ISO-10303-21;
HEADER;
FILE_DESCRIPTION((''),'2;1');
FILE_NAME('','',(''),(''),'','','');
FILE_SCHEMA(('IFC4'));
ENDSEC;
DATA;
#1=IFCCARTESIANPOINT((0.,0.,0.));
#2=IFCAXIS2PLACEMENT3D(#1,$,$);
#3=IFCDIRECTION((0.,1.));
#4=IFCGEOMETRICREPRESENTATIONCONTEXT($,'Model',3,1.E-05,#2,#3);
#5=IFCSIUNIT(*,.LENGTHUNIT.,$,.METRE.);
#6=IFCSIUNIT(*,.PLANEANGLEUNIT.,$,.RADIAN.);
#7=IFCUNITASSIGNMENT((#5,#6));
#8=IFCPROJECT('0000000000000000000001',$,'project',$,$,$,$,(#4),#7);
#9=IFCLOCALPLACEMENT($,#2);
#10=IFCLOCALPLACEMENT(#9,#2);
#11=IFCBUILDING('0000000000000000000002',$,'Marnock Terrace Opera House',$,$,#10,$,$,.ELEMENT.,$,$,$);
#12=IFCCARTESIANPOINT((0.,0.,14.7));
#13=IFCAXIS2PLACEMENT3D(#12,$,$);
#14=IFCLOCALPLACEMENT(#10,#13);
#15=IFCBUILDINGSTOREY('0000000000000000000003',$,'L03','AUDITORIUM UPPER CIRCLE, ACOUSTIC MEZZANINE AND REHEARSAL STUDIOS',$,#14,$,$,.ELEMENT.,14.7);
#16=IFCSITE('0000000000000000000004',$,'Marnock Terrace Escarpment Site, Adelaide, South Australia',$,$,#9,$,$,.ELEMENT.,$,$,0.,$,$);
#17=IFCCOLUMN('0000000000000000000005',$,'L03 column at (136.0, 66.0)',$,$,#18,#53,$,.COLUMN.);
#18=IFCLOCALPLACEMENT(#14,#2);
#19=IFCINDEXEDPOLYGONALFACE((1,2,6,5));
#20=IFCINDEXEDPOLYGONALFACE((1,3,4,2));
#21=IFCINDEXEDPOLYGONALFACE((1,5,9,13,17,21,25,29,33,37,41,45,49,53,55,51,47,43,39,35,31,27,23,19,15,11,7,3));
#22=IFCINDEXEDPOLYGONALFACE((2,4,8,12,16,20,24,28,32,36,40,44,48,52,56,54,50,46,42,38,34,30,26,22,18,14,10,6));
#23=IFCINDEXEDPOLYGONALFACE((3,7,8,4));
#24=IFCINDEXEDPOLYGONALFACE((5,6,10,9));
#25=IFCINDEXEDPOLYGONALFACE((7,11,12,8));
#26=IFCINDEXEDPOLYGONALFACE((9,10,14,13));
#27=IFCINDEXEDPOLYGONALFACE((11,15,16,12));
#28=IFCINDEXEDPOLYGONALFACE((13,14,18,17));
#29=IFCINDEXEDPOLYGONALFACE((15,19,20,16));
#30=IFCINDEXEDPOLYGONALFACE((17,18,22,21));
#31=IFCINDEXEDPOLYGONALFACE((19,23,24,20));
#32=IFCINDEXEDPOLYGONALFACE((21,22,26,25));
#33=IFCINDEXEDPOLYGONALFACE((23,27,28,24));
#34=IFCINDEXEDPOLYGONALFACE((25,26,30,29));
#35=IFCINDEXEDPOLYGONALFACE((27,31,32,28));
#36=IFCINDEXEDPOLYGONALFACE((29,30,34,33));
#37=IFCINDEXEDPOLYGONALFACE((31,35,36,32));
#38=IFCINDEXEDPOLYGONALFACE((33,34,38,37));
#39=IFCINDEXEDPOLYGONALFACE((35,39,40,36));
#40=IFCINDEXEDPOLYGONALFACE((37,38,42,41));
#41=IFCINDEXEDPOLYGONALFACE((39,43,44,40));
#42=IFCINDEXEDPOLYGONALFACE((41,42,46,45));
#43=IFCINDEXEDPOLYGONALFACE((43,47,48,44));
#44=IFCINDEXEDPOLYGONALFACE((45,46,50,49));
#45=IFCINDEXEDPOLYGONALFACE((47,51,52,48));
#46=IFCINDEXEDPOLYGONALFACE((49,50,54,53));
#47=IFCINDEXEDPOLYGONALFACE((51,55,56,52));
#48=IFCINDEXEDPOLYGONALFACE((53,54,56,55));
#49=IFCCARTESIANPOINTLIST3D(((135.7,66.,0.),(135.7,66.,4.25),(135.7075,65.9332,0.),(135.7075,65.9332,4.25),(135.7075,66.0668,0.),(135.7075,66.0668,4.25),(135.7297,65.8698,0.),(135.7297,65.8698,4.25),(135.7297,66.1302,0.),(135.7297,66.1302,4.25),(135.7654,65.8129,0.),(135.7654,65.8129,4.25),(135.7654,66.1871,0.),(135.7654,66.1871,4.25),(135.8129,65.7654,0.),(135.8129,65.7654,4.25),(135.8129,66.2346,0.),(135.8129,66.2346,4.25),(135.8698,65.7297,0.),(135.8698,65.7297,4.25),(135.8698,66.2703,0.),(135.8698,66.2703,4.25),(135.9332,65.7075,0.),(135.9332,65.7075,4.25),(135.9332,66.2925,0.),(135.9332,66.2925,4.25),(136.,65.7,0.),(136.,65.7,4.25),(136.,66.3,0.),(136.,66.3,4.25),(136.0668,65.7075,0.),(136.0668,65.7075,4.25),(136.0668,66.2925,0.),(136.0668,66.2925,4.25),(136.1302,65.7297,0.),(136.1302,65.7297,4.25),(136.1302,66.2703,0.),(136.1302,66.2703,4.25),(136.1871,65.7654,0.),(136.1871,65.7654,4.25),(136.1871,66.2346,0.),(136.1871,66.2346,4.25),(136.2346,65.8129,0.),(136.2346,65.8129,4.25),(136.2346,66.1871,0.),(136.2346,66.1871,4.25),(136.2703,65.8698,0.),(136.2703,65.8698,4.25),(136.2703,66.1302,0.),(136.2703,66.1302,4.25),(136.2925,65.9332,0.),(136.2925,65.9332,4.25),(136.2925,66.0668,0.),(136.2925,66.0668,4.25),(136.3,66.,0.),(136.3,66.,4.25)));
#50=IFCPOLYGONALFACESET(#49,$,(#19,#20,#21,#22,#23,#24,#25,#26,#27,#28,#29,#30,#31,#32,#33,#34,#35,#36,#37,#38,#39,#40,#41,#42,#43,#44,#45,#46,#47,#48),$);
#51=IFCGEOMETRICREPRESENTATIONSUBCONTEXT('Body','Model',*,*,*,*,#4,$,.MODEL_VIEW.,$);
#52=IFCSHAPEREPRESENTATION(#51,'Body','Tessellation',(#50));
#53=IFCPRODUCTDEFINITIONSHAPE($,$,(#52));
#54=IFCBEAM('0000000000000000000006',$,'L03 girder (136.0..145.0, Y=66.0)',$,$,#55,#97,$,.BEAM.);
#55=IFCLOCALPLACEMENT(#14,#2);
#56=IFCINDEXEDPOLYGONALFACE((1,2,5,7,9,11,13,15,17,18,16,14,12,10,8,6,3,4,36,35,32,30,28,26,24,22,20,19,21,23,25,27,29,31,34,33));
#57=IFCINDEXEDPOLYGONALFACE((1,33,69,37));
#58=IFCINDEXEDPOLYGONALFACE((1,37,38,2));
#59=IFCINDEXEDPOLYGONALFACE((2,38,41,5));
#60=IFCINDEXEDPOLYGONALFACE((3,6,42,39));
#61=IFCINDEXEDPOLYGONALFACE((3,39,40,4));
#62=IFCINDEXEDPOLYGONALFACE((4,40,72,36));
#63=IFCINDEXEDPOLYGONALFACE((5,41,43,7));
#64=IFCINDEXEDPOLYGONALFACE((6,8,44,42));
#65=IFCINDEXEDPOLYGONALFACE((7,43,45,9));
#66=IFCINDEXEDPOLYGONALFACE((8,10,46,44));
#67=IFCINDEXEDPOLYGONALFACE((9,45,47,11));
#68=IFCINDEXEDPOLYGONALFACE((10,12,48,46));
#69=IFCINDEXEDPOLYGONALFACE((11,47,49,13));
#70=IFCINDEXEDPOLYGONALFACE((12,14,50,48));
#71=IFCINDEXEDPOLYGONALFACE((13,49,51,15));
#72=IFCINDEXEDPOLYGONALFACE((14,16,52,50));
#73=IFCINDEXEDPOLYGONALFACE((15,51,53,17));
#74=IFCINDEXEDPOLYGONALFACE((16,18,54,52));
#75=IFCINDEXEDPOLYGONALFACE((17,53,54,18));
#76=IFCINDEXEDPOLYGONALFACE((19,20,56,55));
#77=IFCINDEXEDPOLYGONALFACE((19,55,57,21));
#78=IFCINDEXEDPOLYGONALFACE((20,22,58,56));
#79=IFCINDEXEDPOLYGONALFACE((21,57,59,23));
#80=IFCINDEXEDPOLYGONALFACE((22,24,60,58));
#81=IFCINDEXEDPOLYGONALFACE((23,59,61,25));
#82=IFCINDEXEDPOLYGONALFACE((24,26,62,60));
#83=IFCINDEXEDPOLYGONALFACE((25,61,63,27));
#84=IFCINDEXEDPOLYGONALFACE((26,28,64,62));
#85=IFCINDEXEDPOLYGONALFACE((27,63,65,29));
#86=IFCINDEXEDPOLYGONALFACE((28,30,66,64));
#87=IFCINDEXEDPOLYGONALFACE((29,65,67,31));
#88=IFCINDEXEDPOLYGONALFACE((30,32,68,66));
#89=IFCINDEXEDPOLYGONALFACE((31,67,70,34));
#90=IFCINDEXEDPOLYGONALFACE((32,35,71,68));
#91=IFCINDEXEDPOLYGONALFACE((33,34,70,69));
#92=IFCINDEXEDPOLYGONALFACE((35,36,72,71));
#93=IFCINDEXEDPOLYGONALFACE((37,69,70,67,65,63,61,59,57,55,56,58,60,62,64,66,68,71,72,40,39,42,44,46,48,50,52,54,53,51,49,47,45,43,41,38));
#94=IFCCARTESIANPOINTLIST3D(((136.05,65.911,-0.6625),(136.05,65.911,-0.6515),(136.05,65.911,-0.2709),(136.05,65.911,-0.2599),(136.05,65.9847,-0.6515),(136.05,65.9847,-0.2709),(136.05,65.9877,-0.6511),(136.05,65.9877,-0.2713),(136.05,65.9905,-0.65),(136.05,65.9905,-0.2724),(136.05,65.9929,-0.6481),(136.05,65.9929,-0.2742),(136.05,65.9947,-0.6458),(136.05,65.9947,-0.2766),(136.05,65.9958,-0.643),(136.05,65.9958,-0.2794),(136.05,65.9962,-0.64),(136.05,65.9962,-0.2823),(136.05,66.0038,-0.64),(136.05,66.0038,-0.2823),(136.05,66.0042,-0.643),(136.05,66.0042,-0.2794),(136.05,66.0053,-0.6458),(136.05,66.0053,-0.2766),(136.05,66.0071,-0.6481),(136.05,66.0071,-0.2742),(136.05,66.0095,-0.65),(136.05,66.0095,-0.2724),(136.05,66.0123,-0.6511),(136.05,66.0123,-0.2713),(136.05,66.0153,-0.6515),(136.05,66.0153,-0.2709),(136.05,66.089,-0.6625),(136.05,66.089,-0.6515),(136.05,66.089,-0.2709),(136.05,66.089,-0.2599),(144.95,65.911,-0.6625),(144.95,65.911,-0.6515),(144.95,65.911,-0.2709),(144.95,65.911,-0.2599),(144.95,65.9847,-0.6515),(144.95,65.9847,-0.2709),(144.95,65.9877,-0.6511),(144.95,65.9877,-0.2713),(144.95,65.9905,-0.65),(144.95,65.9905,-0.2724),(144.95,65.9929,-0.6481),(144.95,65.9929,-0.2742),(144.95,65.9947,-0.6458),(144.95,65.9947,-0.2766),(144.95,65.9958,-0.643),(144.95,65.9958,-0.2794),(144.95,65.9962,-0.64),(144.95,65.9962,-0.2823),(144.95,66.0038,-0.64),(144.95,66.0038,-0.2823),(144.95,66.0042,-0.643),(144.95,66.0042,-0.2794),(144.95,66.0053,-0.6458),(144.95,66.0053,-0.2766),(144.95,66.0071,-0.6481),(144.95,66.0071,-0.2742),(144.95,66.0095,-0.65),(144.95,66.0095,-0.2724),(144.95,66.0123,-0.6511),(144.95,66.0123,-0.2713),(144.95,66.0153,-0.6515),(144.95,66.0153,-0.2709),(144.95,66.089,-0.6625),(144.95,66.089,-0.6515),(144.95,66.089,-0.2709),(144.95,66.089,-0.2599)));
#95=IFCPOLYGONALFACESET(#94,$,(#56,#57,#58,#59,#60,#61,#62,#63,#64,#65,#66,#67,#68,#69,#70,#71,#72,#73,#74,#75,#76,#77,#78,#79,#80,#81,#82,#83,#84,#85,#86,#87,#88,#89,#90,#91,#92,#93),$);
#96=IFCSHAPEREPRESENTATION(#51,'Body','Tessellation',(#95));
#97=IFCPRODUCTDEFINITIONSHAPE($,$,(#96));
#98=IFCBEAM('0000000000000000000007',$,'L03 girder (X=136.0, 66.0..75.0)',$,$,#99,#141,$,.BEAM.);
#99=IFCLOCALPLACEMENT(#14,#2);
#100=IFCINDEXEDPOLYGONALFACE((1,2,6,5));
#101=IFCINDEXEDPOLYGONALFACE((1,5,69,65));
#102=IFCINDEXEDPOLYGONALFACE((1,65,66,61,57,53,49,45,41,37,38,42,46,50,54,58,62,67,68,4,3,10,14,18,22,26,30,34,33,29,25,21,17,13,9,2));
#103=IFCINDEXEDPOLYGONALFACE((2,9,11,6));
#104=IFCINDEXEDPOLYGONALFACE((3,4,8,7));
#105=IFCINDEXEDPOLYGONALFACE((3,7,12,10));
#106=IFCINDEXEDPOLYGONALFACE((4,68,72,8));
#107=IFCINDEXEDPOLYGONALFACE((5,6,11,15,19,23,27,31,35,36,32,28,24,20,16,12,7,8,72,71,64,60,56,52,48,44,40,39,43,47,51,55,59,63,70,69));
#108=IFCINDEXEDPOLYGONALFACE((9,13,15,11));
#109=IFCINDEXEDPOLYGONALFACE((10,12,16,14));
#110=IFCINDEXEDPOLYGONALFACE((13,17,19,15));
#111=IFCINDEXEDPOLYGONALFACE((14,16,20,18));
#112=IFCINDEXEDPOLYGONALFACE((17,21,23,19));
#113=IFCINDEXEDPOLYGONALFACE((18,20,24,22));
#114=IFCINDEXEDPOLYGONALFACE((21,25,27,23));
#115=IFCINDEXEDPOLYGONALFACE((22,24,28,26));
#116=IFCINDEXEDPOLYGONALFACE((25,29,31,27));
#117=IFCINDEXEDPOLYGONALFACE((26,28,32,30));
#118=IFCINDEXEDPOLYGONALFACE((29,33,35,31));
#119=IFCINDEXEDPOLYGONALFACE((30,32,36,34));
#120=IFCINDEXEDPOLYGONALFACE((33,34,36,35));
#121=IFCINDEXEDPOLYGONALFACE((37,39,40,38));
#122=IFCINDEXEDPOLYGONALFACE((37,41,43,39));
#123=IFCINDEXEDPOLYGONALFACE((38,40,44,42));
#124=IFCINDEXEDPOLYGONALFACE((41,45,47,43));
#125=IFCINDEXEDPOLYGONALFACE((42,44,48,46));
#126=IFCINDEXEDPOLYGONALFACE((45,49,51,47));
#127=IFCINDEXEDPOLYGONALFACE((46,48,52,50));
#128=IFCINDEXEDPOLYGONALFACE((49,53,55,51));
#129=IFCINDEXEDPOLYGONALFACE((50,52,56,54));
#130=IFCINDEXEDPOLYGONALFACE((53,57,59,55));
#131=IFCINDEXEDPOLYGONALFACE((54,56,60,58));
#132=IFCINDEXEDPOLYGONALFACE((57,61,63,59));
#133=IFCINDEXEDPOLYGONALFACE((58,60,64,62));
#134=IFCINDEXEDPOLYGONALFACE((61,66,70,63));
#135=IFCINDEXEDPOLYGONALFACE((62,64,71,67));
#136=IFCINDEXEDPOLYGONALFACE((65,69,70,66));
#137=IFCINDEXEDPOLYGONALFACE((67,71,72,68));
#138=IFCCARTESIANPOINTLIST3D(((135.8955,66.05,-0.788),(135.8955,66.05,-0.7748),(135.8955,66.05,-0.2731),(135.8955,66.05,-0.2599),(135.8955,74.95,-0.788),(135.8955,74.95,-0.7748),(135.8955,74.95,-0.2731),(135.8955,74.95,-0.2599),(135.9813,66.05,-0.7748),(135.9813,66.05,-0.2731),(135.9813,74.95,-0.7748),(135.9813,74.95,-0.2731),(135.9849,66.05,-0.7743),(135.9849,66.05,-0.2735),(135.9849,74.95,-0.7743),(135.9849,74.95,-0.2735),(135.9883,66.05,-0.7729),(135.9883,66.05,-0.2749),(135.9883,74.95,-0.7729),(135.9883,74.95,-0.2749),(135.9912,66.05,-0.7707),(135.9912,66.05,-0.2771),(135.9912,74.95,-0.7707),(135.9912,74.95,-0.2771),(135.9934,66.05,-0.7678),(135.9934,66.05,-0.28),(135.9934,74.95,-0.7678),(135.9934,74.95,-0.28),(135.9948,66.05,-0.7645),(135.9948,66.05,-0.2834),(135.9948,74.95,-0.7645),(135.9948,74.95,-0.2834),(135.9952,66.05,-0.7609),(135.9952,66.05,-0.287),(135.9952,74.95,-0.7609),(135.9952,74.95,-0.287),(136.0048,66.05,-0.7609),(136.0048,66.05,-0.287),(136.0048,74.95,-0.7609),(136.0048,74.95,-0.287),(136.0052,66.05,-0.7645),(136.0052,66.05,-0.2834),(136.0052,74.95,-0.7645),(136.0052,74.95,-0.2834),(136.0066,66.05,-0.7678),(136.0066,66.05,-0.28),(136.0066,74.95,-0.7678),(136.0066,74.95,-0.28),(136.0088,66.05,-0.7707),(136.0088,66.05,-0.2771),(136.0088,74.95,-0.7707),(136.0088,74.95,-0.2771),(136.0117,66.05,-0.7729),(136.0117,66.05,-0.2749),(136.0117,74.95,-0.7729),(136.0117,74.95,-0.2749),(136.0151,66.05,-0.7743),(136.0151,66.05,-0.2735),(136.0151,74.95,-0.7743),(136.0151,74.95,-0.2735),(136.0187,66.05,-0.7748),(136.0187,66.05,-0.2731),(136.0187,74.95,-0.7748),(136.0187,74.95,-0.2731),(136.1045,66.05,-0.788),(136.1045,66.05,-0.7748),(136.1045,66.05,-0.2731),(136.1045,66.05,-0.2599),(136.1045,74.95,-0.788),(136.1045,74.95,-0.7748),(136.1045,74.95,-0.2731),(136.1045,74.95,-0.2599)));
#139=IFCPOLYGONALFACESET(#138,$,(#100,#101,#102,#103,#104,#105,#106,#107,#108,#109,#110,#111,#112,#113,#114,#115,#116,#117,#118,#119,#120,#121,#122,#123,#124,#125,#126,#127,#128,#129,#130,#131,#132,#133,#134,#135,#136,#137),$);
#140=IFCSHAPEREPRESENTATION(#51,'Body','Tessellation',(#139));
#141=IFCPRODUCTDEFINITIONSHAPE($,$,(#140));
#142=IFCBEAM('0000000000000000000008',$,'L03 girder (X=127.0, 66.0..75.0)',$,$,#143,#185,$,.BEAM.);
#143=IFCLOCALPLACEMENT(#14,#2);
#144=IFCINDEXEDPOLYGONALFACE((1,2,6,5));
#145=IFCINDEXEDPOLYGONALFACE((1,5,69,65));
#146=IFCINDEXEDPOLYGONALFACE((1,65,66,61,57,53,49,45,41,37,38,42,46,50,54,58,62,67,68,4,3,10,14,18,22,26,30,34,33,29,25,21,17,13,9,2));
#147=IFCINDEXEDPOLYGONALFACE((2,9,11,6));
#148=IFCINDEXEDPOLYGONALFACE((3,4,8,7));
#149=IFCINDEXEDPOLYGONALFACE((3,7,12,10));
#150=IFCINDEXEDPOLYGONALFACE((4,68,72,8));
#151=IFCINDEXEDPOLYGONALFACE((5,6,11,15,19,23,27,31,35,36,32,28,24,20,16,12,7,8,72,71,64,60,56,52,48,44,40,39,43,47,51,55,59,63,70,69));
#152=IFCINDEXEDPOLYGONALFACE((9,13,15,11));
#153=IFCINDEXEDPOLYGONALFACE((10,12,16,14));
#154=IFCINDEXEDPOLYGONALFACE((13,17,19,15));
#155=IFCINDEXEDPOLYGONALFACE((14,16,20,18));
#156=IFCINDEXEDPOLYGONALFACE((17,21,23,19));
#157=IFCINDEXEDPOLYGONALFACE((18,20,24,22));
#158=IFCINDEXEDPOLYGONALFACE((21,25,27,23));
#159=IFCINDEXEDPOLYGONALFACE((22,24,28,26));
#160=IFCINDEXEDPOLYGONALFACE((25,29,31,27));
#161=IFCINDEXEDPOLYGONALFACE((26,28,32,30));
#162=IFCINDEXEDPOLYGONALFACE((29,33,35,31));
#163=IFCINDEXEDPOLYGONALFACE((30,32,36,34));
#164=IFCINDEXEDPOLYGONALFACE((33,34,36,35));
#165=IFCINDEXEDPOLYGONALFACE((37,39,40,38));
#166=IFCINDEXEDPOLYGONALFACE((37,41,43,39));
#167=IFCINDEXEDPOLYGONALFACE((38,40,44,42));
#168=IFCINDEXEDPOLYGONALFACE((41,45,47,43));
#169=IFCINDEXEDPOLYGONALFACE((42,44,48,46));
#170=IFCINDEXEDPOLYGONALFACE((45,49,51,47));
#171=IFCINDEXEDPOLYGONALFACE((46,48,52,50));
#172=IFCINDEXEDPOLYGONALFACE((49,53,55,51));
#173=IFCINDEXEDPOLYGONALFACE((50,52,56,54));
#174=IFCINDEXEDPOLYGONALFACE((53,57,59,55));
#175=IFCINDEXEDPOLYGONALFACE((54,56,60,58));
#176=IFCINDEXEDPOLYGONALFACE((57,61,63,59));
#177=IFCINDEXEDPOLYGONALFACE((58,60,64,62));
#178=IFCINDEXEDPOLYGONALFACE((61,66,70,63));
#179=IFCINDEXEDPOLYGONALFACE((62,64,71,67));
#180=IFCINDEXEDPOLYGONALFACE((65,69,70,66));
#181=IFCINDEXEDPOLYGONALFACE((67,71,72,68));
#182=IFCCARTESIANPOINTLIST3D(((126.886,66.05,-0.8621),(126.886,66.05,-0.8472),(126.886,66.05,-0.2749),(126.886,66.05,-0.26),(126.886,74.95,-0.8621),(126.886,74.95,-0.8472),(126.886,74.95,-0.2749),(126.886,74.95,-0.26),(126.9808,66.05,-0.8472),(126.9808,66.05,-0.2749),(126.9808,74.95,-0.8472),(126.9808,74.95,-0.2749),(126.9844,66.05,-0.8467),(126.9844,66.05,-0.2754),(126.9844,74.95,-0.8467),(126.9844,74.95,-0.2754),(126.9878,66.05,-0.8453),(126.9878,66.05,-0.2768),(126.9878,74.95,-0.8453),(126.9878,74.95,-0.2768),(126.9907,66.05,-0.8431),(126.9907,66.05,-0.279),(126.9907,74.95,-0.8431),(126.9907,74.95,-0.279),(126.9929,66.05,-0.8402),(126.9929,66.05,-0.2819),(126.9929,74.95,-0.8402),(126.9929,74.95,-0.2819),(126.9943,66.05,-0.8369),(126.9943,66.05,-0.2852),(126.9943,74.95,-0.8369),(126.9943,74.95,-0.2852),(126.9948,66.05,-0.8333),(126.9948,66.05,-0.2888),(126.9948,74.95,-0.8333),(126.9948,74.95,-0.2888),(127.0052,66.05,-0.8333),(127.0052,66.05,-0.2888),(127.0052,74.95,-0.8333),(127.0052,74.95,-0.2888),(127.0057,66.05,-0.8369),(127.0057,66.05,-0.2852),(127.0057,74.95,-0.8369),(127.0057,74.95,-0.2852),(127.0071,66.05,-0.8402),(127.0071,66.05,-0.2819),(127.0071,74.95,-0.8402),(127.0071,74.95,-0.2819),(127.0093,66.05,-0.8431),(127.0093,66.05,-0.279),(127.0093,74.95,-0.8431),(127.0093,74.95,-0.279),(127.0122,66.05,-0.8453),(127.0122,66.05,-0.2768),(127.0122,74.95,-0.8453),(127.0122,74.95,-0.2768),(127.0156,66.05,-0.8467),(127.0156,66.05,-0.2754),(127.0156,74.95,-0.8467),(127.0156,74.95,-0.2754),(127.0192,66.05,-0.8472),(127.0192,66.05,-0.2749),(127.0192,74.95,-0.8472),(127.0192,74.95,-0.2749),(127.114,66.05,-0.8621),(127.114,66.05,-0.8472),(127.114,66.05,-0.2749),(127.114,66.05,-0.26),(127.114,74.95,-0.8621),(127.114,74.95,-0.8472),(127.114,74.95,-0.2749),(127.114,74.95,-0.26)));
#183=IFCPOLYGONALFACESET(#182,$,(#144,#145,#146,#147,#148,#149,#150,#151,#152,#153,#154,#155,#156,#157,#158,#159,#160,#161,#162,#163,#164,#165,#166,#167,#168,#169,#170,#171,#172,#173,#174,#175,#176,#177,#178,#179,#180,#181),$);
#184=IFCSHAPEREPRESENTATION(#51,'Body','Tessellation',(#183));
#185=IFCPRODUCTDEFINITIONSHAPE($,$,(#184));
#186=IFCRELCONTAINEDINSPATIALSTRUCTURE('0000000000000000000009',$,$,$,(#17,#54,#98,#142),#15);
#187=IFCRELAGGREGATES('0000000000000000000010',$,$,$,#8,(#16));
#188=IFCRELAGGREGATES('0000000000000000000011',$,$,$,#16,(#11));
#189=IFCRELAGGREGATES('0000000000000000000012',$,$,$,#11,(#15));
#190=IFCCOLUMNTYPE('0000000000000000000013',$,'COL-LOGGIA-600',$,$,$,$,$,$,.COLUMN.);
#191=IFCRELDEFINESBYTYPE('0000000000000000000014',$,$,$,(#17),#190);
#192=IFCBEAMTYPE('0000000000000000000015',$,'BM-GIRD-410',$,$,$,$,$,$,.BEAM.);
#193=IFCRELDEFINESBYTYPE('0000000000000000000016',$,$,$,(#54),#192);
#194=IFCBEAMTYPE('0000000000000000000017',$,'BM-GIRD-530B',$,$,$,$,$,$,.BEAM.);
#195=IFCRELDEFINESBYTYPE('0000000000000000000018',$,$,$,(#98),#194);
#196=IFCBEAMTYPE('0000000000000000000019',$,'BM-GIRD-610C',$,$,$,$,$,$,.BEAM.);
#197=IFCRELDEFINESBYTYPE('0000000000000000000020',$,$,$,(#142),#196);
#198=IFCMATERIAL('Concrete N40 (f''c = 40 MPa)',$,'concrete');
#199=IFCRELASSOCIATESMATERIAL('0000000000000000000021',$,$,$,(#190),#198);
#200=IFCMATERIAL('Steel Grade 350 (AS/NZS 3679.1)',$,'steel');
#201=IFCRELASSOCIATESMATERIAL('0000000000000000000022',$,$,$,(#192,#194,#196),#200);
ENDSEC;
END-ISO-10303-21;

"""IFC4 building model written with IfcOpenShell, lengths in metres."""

from ifc_helpers import new_model, si_unit, direction, frame, origin, origin_2d, place, context, subcontext, project, spatial, circle, i_section, extrude, material, material_profile, profile_set, type_object, element, save


model = new_model("IFC4")

# Units and contexts
model_context = context("Model", 3, precision=1e-05, world=origin(), true_north=direction((0.0, 1.0)))
body_context = subcontext(model_context, "Body", "Model", "MODEL_VIEW")
ifc_project = project(units=[si_unit("LENGTHUNIT", "METRE"), si_unit("PLANEANGLEUNIT", "RADIAN")], contexts=[model_context])

# Site, building, storey
site_placement = place(None, origin())
site = spatial("IfcSite", under=ifc_project, at=site_placement, Name="Marnock Terrace Escarpment Site, Adelaide, South Australia", CompositionType="ELEMENT", RefElevation=0.0)
building_placement = place(site_placement, origin())
building = spatial("IfcBuilding", under=site, at=building_placement, Name="Marnock Terrace Opera House", CompositionType="ELEMENT")
storey_placement = place(building_placement, frame((0.0, 0.0, 14.7)))
storey = spatial("IfcBuildingStorey", under=building, at=storey_placement, Name="L03", Description="AUDITORIUM UPPER CIRCLE, ACOUSTIC MEZZANINE AND REHEARSAL STUDIOS", CompositionType="ELEMENT", Elevation=14.7)

# Column
ifc_material_1 = material(Name="Concrete N40 (f'c = 40 MPa)", Category="concrete")
ifc_material_profile_1 = material_profile(ifc_material_1, circle(Radius=0.3, at=origin_2d()))
ifc_profile_set_1 = profile_set([ifc_material_profile_1], Name="Concrete N40 (f'c = 40 MPa)")
column_type = type_object("IfcColumnType", Name="COL-LOGGIA-600", PredefinedType="COLUMN", material=ifc_profile_set_1)
column_placement = place(storey_placement, frame((136.0, 66.0, 0.0), z_axis=(0.0, 0.0, 1.0), x_axis=(1.0, 0.0, 0.0)))
element("IfcColumn", 1, at=column_placement, inside=storey, type_object=column_type, Name="L03 column at (136.0, 66.0)", PredefinedType="COLUMN", context=body_context, shape_type="SweptSolid", body=[
    extrude(circle(Radius=0.3, at=origin_2d()), origin(), (0.0, 0.0, 1.0), 4.25),
])

# Beams
ifc_material_2 = material(Name="Steel Grade 350 (AS/NZS 3679.1)", Category="steel")
ifc_material_profile_2 = material_profile(ifc_material_2, i_section(OverallWidth=0.178, OverallDepth=0.4026, WebThickness=0.0076, FlangeThickness=0.011, FilletRadius=0.0115, at=origin_2d()))
ifc_profile_set_2 = profile_set([ifc_material_profile_2], Name="Steel Grade 350 (AS/NZS 3679.1)")
beam_type_1 = type_object("IfcBeamType", Name="BM-GIRD-410", PredefinedType="BEAM", material=ifc_profile_set_2)
beam_1_placement = place(storey_placement, frame((136.05, 66.0, -0.4612), z_axis=(1.0, 0.0, 0.0), x_axis=(0.0, 1.0, 0.0)))
element("IfcBeam", 2, at=beam_1_placement, inside=storey, type_object=beam_type_1, Name="L03 girder (136.0..145.0, Y=66.0)", PredefinedType="BEAM", context=body_context, shape_type="SweptSolid", body=[
    extrude(i_section(OverallWidth=0.178, OverallDepth=0.4026, WebThickness=0.0076, FlangeThickness=0.011, FilletRadius=0.0115, at=origin_2d()), origin(), (0.0, 0.0, 1.0), 8.8999),
])
ifc_material_profile_3 = material_profile(ifc_material_2, i_section(OverallWidth=0.209, OverallDepth=0.5281, WebThickness=0.0095, FlangeThickness=0.0132, FilletRadius=0.0139, at=origin_2d()))
ifc_profile_set_3 = profile_set([ifc_material_profile_3], Name="Steel Grade 350 (AS/NZS 3679.1)")
beam_type_2 = type_object("IfcBeamType", Name="BM-GIRD-530B", PredefinedType="BEAM", material=ifc_profile_set_3)
beam_2_placement = place(storey_placement, frame((136.0, 66.05, -0.5239), z_axis=(0.0, 1.0, 0.0), x_axis=(-1.0, 0.0, 0.0)))
element("IfcBeam", 3, at=beam_2_placement, inside=storey, type_object=beam_type_2, Name="L03 girder (X=136.0, 66.0..75.0)", PredefinedType="BEAM", context=body_context, shape_type="SweptSolid", body=[
    extrude(i_section(OverallWidth=0.209, OverallDepth=0.5281, WebThickness=0.0095, FlangeThickness=0.0132, FilletRadius=0.0139, at=origin_2d()), origin(), (0.0, 0.0, 1.0), 8.8999),
])
ifc_material_profile_4 = material_profile(ifc_material_2, i_section(OverallWidth=0.228, OverallDepth=0.6021, WebThickness=0.0105, FlangeThickness=0.0149, FilletRadius=0.0139, at=origin_2d()))
ifc_profile_set_4 = profile_set([ifc_material_profile_4], Name="Steel Grade 350 (AS/NZS 3679.1)")
beam_type_3 = type_object("IfcBeamType", Name="BM-GIRD-610C", PredefinedType="BEAM", material=ifc_profile_set_4)
beam_3_placement = place(storey_placement, frame((127.0, 66.05, -0.561), z_axis=(0.0, 1.0, 0.0), x_axis=(-1.0, 0.0, 0.0)))
element("IfcBeam", 4, at=beam_3_placement, inside=storey, type_object=beam_type_3, Name="L03 girder (X=127.0, 66.0..75.0)", PredefinedType="BEAM", context=body_context, shape_type="SweptSolid", body=[
    extrude(i_section(OverallWidth=0.228, OverallDepth=0.6021, WebThickness=0.0105, FlangeThickness=0.0149, FilletRadius=0.0139, at=origin_2d()), origin(), (0.0, 0.0, 1.0), 8.8999),
])

save(model, "model.ifc")
